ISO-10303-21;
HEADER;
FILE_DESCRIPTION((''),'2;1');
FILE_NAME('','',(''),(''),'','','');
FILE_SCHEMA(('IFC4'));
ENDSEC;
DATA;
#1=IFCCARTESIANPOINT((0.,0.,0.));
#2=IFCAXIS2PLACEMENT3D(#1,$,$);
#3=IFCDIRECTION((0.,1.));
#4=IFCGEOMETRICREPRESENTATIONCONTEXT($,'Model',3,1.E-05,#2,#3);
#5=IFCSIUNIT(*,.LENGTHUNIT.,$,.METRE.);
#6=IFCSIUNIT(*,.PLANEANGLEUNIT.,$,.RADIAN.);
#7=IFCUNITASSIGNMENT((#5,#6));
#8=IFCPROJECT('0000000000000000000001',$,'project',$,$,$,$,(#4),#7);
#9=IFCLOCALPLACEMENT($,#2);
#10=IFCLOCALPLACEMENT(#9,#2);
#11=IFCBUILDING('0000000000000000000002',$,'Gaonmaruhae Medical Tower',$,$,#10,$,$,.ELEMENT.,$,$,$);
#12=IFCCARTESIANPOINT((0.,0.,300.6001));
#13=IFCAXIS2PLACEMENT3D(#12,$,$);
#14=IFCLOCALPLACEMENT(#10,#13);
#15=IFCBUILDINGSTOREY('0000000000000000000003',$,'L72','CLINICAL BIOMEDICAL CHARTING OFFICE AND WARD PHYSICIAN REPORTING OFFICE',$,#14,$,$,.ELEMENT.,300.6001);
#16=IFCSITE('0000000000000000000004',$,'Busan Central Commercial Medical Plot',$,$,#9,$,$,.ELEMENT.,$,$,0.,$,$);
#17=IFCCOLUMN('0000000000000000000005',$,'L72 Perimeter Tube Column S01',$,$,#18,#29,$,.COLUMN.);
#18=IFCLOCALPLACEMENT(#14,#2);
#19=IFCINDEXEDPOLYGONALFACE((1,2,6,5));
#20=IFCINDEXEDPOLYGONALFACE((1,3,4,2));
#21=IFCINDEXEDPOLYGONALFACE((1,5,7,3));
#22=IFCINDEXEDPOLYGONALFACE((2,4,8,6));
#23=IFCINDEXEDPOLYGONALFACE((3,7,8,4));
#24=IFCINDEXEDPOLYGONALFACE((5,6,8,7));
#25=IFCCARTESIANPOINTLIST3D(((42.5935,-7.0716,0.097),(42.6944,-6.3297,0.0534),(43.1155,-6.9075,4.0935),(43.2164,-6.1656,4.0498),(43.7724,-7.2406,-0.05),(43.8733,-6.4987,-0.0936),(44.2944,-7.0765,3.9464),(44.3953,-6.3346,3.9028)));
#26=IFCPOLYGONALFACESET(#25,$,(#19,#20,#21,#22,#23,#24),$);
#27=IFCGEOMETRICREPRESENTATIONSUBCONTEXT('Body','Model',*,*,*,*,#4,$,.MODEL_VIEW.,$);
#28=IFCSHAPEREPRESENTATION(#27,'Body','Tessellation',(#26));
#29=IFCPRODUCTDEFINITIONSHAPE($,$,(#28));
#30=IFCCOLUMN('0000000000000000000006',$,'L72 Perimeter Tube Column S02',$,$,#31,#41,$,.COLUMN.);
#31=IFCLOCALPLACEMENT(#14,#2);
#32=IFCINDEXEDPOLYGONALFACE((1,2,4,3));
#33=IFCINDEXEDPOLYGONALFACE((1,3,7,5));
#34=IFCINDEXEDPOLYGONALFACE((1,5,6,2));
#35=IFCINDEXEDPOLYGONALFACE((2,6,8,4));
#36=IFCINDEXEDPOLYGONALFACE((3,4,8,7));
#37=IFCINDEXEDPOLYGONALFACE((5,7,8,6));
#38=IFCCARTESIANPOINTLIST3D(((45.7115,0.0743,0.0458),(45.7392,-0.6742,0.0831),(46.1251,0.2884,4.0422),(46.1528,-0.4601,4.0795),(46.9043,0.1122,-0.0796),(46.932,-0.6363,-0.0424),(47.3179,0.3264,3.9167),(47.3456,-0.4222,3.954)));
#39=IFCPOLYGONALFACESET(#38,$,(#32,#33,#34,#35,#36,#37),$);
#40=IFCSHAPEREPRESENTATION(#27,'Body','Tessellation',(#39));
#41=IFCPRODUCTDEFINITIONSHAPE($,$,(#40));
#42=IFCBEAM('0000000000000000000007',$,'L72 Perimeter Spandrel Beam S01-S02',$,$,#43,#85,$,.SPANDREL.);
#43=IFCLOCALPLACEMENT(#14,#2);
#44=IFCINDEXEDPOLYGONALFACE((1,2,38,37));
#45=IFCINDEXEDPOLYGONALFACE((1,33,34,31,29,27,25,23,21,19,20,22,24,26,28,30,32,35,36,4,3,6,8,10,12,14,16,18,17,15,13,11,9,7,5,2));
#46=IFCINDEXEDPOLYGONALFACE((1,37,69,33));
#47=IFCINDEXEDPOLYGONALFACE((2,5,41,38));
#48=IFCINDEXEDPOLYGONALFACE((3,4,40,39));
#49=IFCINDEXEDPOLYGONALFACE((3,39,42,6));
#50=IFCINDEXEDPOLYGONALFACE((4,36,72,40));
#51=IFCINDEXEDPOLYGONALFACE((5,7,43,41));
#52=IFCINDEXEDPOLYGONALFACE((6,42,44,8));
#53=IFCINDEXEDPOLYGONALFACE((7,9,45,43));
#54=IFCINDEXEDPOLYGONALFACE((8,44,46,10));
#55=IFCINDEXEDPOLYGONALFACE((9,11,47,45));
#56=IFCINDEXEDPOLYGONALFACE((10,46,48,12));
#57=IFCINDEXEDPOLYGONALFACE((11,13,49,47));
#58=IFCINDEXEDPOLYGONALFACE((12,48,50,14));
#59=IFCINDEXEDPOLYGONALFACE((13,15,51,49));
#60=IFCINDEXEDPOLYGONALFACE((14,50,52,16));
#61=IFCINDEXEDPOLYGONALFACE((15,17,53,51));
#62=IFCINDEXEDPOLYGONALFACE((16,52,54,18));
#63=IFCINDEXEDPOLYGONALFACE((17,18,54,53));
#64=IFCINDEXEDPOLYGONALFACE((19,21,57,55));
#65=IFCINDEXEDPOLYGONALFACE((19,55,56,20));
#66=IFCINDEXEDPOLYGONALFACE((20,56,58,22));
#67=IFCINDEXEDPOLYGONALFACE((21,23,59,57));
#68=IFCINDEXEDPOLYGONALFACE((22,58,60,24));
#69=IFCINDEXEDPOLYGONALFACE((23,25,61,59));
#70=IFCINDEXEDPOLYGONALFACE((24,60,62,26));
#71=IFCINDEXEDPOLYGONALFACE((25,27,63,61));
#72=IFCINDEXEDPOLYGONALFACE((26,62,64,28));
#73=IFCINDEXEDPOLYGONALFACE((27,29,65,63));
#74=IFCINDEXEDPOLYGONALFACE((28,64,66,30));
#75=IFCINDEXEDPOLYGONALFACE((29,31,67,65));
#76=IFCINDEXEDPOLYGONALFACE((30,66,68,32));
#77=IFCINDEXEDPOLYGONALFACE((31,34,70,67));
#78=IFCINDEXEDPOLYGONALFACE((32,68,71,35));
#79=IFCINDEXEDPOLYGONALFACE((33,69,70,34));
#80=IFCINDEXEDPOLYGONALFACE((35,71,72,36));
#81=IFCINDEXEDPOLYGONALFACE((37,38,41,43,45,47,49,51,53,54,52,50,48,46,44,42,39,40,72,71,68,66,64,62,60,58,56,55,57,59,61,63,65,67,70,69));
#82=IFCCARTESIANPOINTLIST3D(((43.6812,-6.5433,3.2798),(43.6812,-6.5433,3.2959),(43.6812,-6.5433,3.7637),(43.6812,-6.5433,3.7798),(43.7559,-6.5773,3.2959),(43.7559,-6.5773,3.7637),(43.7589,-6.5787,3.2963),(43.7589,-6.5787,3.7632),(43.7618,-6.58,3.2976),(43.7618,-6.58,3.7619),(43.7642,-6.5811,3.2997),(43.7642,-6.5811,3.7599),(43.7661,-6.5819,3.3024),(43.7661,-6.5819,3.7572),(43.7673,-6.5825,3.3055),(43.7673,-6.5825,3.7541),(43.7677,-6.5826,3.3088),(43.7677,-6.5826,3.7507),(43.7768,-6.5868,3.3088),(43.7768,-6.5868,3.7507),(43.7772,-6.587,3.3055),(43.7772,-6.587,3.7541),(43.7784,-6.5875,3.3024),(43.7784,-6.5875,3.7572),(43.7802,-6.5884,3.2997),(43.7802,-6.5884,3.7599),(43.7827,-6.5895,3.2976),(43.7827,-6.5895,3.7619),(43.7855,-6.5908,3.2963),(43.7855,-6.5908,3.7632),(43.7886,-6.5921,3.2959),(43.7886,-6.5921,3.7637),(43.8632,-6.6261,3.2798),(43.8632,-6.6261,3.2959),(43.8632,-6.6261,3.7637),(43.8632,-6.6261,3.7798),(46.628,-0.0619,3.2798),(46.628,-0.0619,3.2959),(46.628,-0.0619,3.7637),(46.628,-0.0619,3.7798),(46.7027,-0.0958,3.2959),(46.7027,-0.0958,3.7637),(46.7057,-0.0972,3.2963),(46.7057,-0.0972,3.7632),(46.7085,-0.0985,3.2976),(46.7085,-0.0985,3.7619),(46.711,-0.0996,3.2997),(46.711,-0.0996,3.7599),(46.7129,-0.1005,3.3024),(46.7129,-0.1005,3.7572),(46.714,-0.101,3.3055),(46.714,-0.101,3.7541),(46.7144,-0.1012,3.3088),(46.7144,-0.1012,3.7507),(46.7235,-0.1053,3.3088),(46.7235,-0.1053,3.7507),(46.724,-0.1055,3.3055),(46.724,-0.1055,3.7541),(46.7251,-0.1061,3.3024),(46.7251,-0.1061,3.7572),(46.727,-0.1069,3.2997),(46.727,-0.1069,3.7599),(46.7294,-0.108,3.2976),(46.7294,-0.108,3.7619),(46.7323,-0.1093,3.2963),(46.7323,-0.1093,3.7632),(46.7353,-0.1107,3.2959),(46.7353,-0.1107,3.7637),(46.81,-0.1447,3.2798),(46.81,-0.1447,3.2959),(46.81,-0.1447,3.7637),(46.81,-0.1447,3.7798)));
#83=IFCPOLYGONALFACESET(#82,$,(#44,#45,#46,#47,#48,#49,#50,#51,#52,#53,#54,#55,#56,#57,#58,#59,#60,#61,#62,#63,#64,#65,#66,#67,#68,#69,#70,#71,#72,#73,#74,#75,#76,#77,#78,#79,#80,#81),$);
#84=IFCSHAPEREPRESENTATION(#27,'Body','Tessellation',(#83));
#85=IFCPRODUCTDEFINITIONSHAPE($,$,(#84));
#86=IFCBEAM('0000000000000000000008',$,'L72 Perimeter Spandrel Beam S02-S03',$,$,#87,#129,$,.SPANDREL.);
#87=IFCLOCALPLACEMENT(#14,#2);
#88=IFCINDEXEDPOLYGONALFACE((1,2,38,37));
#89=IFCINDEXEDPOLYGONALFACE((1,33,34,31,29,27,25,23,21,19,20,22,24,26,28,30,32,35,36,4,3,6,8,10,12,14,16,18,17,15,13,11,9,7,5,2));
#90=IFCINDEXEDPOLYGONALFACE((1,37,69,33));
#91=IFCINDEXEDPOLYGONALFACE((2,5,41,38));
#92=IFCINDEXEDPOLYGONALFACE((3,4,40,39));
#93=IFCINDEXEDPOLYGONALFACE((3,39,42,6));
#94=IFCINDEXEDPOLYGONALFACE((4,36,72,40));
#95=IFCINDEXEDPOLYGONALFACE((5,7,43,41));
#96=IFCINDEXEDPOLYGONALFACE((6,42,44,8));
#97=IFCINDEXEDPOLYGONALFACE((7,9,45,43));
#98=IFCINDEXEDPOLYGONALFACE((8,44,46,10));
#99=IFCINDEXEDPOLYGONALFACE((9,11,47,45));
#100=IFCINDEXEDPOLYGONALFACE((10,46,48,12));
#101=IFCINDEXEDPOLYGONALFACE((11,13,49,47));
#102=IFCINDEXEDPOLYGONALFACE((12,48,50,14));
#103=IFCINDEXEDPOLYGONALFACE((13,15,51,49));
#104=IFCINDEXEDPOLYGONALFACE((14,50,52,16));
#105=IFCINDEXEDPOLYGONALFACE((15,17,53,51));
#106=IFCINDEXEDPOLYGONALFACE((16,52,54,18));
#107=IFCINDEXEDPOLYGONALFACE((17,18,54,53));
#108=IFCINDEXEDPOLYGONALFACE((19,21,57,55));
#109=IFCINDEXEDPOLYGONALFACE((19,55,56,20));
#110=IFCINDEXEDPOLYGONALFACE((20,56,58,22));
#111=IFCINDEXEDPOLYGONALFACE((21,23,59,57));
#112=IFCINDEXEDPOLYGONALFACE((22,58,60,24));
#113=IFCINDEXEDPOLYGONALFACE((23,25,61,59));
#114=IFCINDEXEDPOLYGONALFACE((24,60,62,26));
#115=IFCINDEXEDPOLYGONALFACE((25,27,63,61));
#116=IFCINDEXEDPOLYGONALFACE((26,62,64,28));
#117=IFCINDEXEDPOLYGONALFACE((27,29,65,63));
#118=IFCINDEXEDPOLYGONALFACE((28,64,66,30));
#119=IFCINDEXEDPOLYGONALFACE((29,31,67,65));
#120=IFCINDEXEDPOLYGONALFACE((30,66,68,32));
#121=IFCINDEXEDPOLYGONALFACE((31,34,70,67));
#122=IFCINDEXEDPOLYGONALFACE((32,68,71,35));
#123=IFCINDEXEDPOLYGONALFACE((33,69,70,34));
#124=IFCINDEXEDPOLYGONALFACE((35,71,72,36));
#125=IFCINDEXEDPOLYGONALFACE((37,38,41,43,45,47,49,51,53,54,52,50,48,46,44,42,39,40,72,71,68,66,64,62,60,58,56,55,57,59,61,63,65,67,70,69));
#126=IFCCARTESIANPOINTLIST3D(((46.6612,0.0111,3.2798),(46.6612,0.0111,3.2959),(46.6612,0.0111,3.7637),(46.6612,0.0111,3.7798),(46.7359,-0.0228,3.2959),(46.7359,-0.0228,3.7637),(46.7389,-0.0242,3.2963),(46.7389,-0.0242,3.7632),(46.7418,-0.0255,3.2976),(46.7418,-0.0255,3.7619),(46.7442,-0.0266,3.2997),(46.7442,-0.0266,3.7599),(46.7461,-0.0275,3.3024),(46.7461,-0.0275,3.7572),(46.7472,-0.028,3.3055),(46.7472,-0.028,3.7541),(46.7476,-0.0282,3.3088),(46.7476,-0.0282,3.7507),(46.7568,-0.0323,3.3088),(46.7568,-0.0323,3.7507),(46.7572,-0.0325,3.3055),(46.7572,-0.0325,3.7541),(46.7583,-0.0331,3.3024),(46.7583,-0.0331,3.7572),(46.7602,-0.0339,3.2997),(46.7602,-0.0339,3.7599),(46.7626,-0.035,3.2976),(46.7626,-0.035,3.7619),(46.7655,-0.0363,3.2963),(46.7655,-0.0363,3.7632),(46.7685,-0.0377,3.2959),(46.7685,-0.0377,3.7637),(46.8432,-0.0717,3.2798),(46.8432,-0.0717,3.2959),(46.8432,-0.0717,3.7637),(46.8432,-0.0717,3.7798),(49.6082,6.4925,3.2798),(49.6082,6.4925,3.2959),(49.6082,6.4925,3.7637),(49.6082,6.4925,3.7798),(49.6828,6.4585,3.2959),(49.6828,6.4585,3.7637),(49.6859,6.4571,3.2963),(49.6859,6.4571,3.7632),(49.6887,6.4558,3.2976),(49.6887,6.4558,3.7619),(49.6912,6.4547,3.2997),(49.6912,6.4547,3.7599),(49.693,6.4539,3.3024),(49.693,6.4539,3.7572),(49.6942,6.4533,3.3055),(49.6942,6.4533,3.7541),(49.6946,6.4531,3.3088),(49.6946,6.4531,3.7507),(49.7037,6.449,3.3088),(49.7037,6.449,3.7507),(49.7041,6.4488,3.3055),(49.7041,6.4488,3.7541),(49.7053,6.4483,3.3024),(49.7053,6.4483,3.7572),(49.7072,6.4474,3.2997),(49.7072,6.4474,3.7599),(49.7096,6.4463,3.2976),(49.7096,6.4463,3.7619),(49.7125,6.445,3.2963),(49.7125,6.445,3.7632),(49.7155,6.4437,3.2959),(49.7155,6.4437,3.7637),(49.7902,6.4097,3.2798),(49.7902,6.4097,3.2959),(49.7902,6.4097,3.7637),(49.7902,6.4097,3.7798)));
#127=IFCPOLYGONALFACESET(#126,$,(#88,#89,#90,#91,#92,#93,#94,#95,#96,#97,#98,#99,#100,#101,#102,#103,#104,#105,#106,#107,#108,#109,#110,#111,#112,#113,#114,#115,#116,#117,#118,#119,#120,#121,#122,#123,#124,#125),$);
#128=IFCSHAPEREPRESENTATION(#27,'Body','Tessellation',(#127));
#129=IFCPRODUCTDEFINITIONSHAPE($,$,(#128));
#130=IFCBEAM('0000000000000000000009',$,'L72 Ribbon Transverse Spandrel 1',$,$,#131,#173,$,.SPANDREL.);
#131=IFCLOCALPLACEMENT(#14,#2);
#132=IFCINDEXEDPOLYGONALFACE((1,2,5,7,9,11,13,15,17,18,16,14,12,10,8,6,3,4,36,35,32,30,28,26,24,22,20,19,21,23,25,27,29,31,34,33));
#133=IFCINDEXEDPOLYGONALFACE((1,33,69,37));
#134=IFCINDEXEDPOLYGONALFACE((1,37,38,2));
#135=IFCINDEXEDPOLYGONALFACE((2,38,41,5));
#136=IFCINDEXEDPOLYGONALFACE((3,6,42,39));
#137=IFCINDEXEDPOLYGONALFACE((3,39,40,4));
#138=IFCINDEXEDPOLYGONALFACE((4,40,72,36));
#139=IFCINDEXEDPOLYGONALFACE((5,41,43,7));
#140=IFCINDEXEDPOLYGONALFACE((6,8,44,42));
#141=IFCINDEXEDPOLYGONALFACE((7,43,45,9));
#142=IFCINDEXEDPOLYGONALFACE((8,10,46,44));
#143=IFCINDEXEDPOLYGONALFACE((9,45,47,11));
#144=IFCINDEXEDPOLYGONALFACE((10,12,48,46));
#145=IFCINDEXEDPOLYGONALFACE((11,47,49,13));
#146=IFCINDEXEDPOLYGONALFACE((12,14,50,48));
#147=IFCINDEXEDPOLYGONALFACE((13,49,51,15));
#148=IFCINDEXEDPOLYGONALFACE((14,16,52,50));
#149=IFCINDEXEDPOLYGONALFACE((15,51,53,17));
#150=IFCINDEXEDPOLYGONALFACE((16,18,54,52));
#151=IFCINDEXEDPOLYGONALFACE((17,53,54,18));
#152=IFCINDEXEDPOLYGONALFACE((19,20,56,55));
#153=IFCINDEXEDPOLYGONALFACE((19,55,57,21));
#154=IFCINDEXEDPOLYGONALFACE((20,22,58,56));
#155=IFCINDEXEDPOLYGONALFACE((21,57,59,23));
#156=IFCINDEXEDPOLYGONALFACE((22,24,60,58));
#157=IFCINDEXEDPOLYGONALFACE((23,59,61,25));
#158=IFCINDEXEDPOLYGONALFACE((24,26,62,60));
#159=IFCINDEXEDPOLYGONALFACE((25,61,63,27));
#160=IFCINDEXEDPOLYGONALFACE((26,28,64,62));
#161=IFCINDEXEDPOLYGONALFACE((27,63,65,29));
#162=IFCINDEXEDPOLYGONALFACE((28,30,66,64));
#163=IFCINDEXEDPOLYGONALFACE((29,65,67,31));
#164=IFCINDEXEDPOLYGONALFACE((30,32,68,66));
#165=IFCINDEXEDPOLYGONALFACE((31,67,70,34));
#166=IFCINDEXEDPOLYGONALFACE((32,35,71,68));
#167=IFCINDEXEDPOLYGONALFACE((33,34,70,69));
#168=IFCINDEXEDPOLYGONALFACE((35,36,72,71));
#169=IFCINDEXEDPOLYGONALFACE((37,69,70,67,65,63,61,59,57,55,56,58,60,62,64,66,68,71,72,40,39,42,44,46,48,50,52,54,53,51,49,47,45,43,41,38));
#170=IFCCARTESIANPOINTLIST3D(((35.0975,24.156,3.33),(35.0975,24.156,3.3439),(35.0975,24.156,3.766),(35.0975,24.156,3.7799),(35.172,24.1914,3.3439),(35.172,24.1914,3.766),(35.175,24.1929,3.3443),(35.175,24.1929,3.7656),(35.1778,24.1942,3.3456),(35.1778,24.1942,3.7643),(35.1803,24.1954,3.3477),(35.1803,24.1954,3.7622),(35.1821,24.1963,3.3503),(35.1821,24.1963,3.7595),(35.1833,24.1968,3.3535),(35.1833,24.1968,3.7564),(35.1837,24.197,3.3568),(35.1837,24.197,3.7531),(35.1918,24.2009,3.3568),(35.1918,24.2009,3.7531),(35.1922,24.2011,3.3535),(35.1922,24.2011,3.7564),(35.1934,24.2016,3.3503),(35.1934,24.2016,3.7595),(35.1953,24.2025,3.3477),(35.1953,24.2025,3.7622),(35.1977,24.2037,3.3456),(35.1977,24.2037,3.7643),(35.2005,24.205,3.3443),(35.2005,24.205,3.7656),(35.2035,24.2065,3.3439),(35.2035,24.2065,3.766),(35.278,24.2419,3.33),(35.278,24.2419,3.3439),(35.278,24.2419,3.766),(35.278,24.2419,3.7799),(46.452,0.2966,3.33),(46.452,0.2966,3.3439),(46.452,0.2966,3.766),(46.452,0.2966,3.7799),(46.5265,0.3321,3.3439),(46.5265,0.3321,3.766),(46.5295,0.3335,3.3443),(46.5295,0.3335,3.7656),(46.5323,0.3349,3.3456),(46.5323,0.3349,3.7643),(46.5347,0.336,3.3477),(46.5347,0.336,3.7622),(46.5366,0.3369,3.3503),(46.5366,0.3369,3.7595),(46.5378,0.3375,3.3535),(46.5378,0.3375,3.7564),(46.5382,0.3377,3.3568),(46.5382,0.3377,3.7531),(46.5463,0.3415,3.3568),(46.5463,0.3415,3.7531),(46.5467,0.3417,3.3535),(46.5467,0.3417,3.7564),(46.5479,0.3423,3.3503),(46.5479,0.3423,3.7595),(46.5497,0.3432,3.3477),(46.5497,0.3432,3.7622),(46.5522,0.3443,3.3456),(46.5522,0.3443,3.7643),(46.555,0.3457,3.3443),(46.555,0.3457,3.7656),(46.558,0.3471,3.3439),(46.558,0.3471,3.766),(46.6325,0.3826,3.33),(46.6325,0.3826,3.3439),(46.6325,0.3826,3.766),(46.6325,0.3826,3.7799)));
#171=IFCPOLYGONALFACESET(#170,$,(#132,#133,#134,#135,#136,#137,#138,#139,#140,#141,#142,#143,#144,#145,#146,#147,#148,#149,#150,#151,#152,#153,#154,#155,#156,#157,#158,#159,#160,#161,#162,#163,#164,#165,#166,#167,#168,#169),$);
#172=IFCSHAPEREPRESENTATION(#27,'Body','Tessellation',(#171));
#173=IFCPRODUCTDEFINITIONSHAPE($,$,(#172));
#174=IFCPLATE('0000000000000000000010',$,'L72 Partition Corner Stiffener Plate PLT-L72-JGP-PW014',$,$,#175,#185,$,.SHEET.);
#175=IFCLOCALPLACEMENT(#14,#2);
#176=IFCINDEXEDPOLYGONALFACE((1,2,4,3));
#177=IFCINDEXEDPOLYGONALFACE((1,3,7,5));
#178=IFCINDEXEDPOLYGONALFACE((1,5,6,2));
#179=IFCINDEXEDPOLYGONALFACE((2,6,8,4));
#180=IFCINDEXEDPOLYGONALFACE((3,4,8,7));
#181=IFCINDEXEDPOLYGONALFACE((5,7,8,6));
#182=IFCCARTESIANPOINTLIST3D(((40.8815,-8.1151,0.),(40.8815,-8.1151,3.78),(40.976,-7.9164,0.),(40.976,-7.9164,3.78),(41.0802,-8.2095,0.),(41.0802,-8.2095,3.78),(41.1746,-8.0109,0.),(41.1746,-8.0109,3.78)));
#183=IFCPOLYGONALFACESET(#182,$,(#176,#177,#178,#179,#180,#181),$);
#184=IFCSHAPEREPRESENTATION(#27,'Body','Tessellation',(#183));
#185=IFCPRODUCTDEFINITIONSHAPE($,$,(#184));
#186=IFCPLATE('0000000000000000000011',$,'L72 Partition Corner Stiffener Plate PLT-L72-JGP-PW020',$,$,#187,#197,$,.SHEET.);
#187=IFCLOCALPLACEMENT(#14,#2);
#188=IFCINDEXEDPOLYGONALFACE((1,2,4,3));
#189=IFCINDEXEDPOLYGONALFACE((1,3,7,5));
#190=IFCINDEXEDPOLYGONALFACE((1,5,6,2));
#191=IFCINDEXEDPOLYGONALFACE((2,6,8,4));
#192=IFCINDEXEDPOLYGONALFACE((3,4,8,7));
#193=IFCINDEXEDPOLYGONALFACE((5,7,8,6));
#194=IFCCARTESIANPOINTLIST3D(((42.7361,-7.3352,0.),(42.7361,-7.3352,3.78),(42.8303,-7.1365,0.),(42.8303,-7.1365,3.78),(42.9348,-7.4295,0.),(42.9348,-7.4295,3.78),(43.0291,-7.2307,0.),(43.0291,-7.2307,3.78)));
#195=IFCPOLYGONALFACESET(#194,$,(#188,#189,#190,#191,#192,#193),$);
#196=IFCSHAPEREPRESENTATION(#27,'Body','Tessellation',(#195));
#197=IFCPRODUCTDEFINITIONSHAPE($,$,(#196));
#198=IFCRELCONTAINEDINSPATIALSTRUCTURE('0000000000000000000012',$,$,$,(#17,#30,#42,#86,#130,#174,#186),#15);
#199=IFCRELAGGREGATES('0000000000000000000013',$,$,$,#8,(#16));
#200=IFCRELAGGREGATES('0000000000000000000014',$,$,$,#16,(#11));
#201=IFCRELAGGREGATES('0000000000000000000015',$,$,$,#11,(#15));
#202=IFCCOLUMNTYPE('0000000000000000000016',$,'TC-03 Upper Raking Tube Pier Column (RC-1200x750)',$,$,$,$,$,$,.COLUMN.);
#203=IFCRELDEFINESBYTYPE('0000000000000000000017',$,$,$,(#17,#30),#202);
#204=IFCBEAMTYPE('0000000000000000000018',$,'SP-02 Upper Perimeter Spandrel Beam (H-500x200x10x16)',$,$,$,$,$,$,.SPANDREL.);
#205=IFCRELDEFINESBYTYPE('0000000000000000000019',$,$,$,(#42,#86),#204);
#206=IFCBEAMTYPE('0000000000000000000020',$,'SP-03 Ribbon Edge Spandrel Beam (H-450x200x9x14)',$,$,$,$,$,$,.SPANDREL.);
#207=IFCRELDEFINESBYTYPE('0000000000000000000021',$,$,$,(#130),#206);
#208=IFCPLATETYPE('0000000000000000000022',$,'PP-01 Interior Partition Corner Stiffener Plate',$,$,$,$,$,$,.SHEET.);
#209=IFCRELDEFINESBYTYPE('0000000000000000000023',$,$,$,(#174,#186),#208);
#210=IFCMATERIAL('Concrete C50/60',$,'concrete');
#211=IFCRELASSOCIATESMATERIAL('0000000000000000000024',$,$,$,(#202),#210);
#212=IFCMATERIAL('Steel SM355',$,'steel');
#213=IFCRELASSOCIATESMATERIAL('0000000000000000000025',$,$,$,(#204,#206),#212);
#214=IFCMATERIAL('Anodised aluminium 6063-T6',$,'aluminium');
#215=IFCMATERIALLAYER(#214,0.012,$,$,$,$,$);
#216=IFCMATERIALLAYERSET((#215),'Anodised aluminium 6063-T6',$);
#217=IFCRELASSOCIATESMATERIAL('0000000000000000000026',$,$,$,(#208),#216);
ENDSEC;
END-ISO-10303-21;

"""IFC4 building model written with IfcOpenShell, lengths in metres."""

from ifc_helpers import new_model, si_unit, direction, frame, origin, origin_2d, place, context, subcontext, project, spatial, rectangle, i_section, extrude, material, layer, layer_set, material_profile, profile_set, type_object, element, save


model = new_model("IFC4")

# Units and contexts
model_context = context("Model", 3, precision=1e-05, world=origin(), true_north=direction((0.0, 1.0)))
body_context = subcontext(model_context, "Body", "Model", "MODEL_VIEW")
ifc_project = project(units=[si_unit("LENGTHUNIT", "METRE"), si_unit("PLANEANGLEUNIT", "RADIAN")], contexts=[model_context])

# Site, building, storey
site_placement = place(None, origin())
site = spatial("IfcSite", under=ifc_project, at=site_placement, Name="Busan Central Commercial Medical Plot", CompositionType="ELEMENT", RefElevation=0.0)
building_placement = place(site_placement, origin())
building = spatial("IfcBuilding", under=site, at=building_placement, Name="Gaonmaruhae Medical Tower", CompositionType="ELEMENT")
storey_placement = place(building_placement, frame((0.0, 0.0, 300.6001)))
storey = spatial("IfcBuildingStorey", under=building, at=storey_placement, Name="L72", Description="CLINICAL BIOMEDICAL CHARTING OFFICE AND WARD PHYSICIAN REPORTING OFFICE", CompositionType="ELEMENT", Elevation=300.6001)

# Columns
ifc_material_1 = material(Name="Concrete C50/60", Category="concrete")
ifc_material_profile_1 = material_profile(ifc_material_1, rectangle(XDim=1.2, YDim=0.75, at=origin_2d()), Name="RC-1200x750")
ifc_profile_set_1 = profile_set([ifc_material_profile_1], Name="Concrete C50/60")
column_type = type_object("IfcColumnType", Name="TC-03 Upper Raking Tube Pier Column (RC-1200x750)", PredefinedType="COLUMN", material=ifc_profile_set_1)
column_1_placement = place(storey_placement, frame((43.2334, -6.7852, 0.0017), z_axis=(0.129406, 0.040674, 0.990757), x_axis=(-0.982421, 0.140837, 0.122535)))
element("IfcColumn", 1, at=column_1_placement, inside=storey, type_object=column_type, Name="L72 Perimeter Tube Column S01", PredefinedType="COLUMN", context=body_context, shape_type="SweptSolid", body=[
    extrude(rectangle(XDim=1.2, YDim=0.75, at=origin_2d()), origin(), (0.0, 0.0, 1.0), 4.0337),
])
column_2_placement = place(storey_placement, frame((46.3218, -0.281, 0.0017), z_axis=(0.102793, 0.053217, 0.993278), x_axis=(-0.994016, -0.031603, 0.104562)))
element("IfcColumn", 2, at=column_2_placement, inside=storey, type_object=column_type, Name="L72 Perimeter Tube Column S02", PredefinedType="COLUMN", context=body_context, shape_type="SweptSolid", body=[
    extrude(rectangle(XDim=1.2, YDim=0.75, at=origin_2d()), origin(), (0.0, 0.0, 1.0), 4.0234),
])

# Beams
ifc_material_2 = material(Name="Steel SM355", Category="steel")
ifc_material_profile_2 = material_profile(ifc_material_2, i_section(OverallWidth=0.2, OverallDepth=0.5, WebThickness=0.01, FlangeThickness=0.0161, FilletRadius=0.0129, at=origin_2d()), Name="H-500x200x10x16")
ifc_profile_set_2 = profile_set([ifc_material_profile_2], Name="Steel SM355")
beam_type_1 = type_object("IfcBeamType", Name="SP-02 Upper Perimeter Spandrel Beam (H-500x200x10x16)", PredefinedType="SPANDREL", material=ifc_profile_set_2)
for number, where, z_axis, x_axis, name in (
    (3, (43.7722, -6.5847, 3.5298), (0.41388, 0.910331, 0.0), (-0.910331, 0.41388, 0.0), "L72 Perimeter Spandrel Beam S01-S02"),
    (4, (46.7522, -0.0303, 3.5298), (0.413909, 0.910318, 0.0), (-0.910318, 0.413909, 0.0), "L72 Perimeter Spandrel Beam S02-S03"),
):
    element("IfcBeam", number, at=place(storey_placement, frame(where, z_axis=z_axis, x_axis=x_axis)), inside=storey, type_object=beam_type_1, Name=name, PredefinedType="SPANDREL", context=body_context, shape_type="SweptSolid", body=[
        extrude(i_section(OverallWidth=0.2, OverallDepth=0.5, WebThickness=0.01, FlangeThickness=0.0161, FilletRadius=0.0129, at=origin_2d()), origin(), (0.0, 0.0, 1.0), 7.1199),
    ])
ifc_material_profile_3 = material_profile(ifc_material_2, i_section(OverallWidth=0.2, OverallDepth=0.45, WebThickness=0.009, FlangeThickness=0.0139, FilletRadius=0.0129, at=origin_2d()), Name="H-450x200x9x14")
ifc_profile_set_3 = profile_set([ifc_material_profile_3], Name="Steel SM355")
beam_type_2 = type_object("IfcBeamType", Name="SP-03 Ribbon Edge Spandrel Beam (H-450x200x9x14)", PredefinedType="SPANDREL", material=ifc_profile_set_3)
beam_placement = place(storey_placement, frame((46.5422, 0.3396, 3.5549), z_axis=(-0.429714, 0.902965, 0.0), x_axis=(-0.902965, -0.429714, 0.0)))
element("IfcBeam", 5, at=beam_placement, inside=storey, type_object=beam_type_2, Name="L72 Ribbon Transverse Spandrel 1", PredefinedType="SPANDREL", context=body_context, shape_type="SweptSolid", body=[
    extrude(i_section(OverallWidth=0.2, OverallDepth=0.45, WebThickness=0.009, FlangeThickness=0.0139, FilletRadius=0.0129, at=origin_2d()), origin(), (0.0, 0.0, 1.0), 26.4233),
])

# Plates
ifc_material_3 = material(Name="Anodised aluminium 6063-T6", Category="aluminium")
ifc_layer_1 = layer(ifc_material_3, 0.012)
ifc_layer_set_1 = layer_set([ifc_layer_1], Name="Anodised aluminium 6063-T6")
plate_type = type_object("IfcPlateType", Name="PP-01 Interior Partition Corner Stiffener Plate", PredefinedType="SHEET", material=ifc_layer_set_1)
for number, where, z_axis, x_axis, name in (
    (6, (41.0281, -8.063, 0.0), (0.0, 0.0, 1.0), (-0.903163, 0.429298, 0.0), "L72 Partition Corner Stiffener Plate PLT-L72-JGP-PW014"),
    (7, (42.8826, -7.283, 0.0), (0.0, 0.0, 1.0), (-0.903522, 0.428541, 0.0), "L72 Partition Corner Stiffener Plate PLT-L72-JGP-PW020"),
):
    element("IfcPlate", number, at=place(storey_placement, frame(where, z_axis=z_axis, x_axis=x_axis)), inside=storey, type_object=plate_type, Name=name, PredefinedType="SHEET", context=body_context, shape_type="SweptSolid", body=[
        extrude(rectangle(XDim=0.22, YDim=0.22, at=origin_2d()), origin(), (0.0, 0.0, 1.0), 3.78),
    ])

save(model, "model.ifc")
